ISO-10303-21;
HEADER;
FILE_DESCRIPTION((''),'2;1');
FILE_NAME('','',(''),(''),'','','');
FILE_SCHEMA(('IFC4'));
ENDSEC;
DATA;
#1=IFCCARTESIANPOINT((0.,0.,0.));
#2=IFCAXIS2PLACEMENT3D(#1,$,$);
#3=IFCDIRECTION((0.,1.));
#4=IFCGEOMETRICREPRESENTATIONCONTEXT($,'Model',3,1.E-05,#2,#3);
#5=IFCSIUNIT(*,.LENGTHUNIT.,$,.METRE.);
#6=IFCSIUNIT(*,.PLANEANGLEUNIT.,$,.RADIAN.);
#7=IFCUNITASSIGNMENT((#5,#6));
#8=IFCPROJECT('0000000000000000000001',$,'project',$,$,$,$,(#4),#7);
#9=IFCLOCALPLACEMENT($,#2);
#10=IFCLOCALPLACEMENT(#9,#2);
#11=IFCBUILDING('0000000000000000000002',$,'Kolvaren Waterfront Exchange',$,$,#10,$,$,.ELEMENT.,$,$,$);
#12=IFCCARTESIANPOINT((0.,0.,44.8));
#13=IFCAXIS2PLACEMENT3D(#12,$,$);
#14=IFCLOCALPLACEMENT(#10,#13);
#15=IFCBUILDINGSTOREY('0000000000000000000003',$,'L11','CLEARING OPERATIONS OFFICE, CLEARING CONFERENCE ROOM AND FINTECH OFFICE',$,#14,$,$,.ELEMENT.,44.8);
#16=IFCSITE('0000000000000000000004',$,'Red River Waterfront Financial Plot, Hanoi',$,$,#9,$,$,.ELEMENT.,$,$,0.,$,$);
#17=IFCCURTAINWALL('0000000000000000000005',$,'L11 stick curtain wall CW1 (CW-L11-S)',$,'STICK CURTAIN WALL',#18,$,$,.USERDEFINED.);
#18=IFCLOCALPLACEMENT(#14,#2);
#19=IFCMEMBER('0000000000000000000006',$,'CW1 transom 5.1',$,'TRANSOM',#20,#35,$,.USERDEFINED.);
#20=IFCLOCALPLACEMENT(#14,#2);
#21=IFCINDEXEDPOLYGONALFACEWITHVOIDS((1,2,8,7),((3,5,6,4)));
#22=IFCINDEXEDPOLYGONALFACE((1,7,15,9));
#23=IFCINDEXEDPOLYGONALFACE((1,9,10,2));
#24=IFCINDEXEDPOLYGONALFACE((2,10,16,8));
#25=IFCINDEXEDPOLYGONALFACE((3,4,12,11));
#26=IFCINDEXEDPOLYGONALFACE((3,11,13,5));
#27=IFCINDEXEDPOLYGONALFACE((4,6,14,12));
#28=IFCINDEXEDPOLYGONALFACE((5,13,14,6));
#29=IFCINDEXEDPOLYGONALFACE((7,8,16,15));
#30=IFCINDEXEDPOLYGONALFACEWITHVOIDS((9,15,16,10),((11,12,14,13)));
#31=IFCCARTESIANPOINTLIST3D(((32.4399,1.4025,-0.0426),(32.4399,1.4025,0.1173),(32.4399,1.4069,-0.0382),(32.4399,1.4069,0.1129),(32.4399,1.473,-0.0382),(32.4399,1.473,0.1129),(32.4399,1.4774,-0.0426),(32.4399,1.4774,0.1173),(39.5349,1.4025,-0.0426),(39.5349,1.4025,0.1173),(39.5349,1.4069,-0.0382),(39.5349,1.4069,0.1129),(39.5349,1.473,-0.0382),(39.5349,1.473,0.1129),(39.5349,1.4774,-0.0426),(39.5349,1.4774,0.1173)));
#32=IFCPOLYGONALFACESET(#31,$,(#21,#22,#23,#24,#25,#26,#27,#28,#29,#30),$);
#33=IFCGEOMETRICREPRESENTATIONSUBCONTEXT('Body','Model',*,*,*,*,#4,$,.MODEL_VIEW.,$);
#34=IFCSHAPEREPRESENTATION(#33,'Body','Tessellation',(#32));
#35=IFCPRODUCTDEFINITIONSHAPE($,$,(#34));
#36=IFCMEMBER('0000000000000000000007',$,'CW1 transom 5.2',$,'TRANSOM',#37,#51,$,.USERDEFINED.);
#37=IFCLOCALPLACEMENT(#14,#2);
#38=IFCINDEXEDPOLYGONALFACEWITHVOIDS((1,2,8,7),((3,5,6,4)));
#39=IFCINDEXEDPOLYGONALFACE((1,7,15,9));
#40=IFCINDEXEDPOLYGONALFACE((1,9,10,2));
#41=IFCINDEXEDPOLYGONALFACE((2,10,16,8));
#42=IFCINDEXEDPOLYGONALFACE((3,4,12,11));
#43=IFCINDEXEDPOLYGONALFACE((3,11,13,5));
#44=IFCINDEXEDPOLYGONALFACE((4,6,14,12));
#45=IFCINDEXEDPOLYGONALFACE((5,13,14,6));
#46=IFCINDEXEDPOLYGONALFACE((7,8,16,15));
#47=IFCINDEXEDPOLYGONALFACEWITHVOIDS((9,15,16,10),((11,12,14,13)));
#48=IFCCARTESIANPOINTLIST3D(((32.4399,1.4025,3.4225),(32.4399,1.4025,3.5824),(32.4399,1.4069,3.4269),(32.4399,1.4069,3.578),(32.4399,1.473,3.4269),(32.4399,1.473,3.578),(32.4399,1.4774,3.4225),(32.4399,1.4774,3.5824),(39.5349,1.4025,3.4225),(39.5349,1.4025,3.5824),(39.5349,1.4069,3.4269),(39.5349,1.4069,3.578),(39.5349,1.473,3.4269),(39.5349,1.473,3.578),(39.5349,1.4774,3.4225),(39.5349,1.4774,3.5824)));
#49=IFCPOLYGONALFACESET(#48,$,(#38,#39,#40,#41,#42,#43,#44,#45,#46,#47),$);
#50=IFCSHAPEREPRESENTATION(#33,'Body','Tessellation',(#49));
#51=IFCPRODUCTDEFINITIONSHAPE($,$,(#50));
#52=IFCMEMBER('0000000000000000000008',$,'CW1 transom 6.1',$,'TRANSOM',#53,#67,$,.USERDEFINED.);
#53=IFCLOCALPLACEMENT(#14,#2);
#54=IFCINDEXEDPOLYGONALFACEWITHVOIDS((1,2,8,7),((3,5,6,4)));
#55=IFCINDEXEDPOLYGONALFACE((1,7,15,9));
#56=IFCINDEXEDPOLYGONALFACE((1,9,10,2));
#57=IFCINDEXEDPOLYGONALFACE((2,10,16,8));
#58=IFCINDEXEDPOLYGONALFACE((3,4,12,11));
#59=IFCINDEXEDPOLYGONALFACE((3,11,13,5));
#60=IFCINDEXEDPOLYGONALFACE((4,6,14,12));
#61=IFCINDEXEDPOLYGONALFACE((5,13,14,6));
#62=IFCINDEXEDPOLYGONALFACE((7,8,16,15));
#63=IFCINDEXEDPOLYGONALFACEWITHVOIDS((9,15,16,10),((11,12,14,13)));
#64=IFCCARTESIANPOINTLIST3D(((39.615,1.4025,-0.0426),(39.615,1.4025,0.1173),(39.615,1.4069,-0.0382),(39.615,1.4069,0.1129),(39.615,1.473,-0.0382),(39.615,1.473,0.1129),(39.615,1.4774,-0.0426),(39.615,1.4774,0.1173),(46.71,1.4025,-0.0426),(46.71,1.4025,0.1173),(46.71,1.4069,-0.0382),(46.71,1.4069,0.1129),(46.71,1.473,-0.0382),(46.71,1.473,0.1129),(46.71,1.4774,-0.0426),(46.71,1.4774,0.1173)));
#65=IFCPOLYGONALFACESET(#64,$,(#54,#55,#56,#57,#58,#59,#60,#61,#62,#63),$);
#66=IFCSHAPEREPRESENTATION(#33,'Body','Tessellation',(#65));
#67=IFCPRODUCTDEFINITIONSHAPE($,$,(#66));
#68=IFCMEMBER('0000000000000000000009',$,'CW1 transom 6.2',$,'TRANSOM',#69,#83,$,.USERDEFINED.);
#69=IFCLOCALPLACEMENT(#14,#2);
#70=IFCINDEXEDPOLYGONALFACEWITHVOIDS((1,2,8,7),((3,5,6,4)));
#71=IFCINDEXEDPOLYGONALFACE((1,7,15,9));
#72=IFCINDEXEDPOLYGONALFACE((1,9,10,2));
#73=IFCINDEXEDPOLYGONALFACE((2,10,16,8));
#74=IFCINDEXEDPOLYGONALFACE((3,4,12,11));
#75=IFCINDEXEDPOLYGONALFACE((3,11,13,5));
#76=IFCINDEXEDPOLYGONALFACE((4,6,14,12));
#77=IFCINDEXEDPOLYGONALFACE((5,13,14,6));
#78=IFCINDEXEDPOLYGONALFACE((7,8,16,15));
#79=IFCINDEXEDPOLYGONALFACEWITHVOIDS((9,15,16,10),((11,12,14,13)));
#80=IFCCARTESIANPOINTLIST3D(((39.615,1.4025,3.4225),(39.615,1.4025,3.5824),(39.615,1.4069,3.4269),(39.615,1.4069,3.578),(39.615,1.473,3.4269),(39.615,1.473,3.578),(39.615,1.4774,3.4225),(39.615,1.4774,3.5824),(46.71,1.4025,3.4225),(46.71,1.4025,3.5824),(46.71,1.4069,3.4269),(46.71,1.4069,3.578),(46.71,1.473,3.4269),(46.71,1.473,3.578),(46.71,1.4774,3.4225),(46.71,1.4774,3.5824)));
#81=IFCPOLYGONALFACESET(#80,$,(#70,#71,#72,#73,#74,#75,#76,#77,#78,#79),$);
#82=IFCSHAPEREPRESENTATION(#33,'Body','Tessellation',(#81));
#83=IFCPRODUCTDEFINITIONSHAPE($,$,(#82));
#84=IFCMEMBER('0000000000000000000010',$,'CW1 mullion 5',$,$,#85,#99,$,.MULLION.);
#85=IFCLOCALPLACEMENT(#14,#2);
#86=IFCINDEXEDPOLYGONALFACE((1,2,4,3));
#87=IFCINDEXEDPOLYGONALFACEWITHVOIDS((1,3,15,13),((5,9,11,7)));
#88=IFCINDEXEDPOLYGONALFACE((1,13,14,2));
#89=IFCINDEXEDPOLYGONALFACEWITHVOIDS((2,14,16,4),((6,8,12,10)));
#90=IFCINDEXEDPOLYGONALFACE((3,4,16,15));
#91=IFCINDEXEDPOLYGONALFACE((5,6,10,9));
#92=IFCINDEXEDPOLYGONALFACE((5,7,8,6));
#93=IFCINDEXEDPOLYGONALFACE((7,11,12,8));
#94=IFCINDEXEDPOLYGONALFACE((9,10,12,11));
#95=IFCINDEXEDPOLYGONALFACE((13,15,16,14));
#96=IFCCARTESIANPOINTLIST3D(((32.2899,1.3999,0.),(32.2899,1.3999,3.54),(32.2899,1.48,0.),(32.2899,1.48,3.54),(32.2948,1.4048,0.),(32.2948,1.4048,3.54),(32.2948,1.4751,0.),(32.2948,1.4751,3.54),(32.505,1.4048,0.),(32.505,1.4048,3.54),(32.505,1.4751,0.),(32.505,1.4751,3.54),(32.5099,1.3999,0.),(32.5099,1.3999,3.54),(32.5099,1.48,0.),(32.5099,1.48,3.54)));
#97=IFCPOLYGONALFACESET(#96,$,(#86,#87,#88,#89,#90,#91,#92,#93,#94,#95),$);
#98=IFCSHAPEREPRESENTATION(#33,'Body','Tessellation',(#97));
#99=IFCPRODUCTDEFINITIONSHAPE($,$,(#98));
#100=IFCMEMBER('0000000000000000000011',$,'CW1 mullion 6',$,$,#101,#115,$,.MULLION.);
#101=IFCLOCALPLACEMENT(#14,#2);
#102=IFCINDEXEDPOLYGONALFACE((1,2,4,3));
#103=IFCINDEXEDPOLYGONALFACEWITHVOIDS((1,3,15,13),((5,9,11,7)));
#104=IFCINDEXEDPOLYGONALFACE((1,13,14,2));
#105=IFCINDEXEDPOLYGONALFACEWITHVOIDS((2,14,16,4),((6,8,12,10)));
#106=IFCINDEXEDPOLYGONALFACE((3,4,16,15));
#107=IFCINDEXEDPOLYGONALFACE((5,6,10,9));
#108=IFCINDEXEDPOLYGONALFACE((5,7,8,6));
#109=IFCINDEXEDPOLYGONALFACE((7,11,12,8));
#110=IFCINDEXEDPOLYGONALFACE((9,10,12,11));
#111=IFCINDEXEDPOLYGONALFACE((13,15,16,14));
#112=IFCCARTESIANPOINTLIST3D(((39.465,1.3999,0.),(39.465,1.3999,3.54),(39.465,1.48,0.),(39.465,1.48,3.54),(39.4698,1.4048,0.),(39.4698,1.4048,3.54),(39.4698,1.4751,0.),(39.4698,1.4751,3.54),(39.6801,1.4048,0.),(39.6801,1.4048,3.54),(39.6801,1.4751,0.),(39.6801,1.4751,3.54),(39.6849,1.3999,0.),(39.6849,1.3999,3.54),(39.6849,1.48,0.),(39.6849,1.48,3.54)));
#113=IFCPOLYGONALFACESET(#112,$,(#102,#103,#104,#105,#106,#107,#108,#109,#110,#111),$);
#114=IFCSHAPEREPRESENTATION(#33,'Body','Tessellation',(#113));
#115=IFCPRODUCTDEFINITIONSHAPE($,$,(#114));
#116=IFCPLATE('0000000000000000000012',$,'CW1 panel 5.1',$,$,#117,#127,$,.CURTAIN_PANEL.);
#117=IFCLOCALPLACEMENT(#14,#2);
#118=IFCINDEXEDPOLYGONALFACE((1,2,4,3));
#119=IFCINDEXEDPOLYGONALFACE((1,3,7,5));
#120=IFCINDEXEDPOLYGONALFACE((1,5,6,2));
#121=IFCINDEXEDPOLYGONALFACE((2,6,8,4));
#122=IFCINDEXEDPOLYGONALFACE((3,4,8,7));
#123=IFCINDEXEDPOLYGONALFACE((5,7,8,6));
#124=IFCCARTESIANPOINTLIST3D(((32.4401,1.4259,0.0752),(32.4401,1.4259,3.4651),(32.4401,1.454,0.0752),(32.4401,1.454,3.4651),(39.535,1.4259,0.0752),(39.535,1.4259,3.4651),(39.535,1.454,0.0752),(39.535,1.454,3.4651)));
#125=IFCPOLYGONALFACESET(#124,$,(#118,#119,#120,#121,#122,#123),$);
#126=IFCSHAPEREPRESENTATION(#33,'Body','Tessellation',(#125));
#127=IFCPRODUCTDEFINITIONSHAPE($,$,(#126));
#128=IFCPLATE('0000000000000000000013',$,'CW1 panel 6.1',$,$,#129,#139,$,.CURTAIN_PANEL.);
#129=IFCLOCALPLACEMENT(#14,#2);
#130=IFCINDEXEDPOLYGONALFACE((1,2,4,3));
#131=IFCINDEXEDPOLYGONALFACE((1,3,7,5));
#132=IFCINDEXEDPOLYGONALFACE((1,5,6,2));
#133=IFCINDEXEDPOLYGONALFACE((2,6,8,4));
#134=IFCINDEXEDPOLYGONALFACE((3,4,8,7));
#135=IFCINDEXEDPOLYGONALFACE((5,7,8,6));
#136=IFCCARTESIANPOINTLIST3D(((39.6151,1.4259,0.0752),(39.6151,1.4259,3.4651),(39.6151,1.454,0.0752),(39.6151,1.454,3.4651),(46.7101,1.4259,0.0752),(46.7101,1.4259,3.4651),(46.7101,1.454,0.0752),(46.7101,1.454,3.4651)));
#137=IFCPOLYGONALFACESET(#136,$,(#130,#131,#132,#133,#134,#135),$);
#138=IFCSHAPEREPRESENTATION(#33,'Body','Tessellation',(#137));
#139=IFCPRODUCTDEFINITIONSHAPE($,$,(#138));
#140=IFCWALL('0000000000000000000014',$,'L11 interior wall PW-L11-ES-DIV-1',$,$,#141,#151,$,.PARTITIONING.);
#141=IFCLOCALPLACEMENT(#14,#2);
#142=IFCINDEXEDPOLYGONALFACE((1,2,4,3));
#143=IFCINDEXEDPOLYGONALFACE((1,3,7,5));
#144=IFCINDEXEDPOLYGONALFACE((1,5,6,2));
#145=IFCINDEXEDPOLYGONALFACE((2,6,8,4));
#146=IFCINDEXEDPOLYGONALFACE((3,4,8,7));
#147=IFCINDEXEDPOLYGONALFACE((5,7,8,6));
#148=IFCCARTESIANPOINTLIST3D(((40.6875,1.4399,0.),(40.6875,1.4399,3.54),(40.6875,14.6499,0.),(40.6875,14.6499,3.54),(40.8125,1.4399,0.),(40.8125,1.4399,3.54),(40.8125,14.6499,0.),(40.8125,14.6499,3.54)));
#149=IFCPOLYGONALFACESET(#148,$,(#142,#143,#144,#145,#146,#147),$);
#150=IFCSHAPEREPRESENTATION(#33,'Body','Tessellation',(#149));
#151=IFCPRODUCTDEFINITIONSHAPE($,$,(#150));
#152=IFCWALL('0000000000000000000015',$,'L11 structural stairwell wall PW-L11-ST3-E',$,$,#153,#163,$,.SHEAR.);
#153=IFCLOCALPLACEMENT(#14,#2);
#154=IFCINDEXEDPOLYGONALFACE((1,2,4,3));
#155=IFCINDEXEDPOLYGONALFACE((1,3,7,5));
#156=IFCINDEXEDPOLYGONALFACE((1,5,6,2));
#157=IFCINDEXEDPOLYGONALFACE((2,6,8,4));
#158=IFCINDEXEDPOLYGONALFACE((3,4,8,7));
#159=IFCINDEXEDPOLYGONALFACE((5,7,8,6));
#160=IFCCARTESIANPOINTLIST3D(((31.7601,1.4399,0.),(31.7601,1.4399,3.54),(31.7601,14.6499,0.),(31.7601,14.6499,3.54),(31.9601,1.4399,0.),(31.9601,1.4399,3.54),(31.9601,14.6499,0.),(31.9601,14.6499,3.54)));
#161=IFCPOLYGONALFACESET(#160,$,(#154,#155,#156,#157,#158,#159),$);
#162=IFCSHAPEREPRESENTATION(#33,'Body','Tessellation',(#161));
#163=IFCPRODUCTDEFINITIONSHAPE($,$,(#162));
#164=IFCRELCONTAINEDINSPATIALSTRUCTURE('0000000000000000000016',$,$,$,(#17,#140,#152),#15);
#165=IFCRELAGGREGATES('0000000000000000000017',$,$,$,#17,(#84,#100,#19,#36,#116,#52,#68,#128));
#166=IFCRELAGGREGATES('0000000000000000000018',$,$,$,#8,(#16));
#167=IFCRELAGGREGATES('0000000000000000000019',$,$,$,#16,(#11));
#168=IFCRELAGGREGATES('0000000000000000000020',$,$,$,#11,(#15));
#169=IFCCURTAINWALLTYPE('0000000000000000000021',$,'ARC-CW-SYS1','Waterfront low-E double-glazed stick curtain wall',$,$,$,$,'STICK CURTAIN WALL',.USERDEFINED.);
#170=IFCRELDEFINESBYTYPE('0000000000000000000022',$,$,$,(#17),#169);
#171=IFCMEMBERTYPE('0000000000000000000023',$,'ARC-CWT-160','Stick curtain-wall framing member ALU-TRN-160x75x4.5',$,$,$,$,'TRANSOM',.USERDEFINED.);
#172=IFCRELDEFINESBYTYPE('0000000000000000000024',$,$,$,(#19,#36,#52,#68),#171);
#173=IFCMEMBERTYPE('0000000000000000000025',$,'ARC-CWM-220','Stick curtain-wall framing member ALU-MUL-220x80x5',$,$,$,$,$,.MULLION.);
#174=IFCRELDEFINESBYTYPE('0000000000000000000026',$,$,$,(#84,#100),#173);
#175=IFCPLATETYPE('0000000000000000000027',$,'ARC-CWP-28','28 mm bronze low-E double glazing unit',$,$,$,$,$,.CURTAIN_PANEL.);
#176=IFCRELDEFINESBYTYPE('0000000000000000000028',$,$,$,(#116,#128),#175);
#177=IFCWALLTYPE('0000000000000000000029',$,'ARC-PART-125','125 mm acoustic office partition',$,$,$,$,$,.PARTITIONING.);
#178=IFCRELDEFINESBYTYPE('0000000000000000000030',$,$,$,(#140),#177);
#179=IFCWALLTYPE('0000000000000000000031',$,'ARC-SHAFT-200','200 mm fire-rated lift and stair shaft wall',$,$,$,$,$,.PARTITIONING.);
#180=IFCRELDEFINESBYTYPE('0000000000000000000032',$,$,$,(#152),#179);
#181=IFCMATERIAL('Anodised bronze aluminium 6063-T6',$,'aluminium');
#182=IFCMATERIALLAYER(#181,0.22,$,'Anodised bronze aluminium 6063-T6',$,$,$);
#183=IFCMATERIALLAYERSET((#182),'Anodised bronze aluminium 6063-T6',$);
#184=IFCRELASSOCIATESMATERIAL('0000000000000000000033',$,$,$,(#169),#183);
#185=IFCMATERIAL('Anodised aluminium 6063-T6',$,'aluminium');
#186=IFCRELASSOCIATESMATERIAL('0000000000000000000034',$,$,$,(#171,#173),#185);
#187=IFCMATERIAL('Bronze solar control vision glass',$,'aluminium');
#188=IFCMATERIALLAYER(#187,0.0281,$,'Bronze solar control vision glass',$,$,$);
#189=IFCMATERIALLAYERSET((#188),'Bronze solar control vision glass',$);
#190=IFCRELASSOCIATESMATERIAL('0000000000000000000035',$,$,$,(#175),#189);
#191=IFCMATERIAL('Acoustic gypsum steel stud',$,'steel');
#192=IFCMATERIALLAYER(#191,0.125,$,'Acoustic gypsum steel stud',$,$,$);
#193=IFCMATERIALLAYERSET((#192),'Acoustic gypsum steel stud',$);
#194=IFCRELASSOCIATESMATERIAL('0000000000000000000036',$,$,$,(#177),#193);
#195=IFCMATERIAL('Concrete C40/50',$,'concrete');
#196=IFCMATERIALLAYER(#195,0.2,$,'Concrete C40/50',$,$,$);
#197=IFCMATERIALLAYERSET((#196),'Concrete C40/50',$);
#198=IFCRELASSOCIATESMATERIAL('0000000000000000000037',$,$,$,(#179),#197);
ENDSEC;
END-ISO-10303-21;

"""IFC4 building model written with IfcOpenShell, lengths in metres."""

from ifc_helpers import new_model, si_unit, direction, frame, frame_2d, origin, origin_with_axes, origin_2d, place, context, subcontext, project, spatial, rectangle, hollow_rectangle, extrude, source, transform, mapped, material, layer, layer_set, material_profile, profile_set, type_object, element, aggregate, save


model = new_model("IFC4")

# Units and contexts
model_context = context("Model", 3, precision=1e-05, world=origin(), true_north=direction((0.0, 1.0)))
body_context = subcontext(model_context, "Body", "Model", "MODEL_VIEW")
ifc_project = project(units=[si_unit("LENGTHUNIT", "METRE"), si_unit("PLANEANGLEUNIT", "RADIAN")], contexts=[model_context])

# Site, building, storey
site_placement = place(None, origin())
site = spatial("IfcSite", under=ifc_project, at=site_placement, Name="Red River Waterfront Financial Plot, Hanoi", CompositionType="ELEMENT", RefElevation=0.0)
building_placement = place(site_placement, origin())
building = spatial("IfcBuilding", under=site, at=building_placement, Name="Kolvaren Waterfront Exchange", CompositionType="ELEMENT")
storey_placement = place(building_placement, frame((0.0, 0.0, 44.8)))
storey = spatial("IfcBuildingStorey", under=building, at=storey_placement, Name="L11", Description="CLEARING OPERATIONS OFFICE, CLEARING CONFERENCE ROOM AND FINTECH OFFICE", CompositionType="ELEMENT", Elevation=44.8)

# Curtain wall, members, plates
ifc_material_1 = material(Name="Anodised bronze aluminium 6063-T6", Category="aluminium")
ifc_layer_1 = layer(ifc_material_1, 0.22, Name="Anodised bronze aluminium 6063-T6")
ifc_layer_set_1 = layer_set([ifc_layer_1], Name="Anodised bronze aluminium 6063-T6")
curtain_wall_type = type_object("IfcCurtainWallType", Name="ARC-CW-SYS1", Description="Waterfront low-E double-glazed stick curtain wall", ElementType="STICK CURTAIN WALL", PredefinedType="USERDEFINED", material=ifc_layer_set_1)
curtain_wall_placement = place(storey_placement, origin())
curtain_wall = element("IfcCurtainWall", 1, at=curtain_wall_placement, inside=storey, type_object=curtain_wall_type, Name="L11 stick curtain wall CW1 (CW-L11-S)", ObjectType="STICK CURTAIN WALL", PredefinedType="USERDEFINED")
ifc_material_2 = material(Name="Anodised aluminium 6063-T6", Category="aluminium")
ifc_material_profile_1 = material_profile(ifc_material_2, hollow_rectangle(XDim=0.075, YDim=0.1599, WallThickness=0.0044, at=origin_2d()), Name="ALU-TRN-160x75x4.5")
ifc_profile_set_1 = profile_set([ifc_material_profile_1], Name="Anodised aluminium 6063-T6")
member_type_1 = type_object("IfcMemberType", Name="ARC-CWT-160", Description="Stick curtain-wall framing member ALU-TRN-160x75x4.5", ElementType="TRANSOM", PredefinedType="USERDEFINED", material=ifc_profile_set_1)
shared_shape_1 = source(origin_with_axes(), body_context, "Body", "SweptSolid", [
    extrude(hollow_rectangle(XDim=0.075, YDim=0.1599, WallThickness=0.0044, at=origin_2d()), origin(), (0.0, 0.0, 1.0), 7.095),
])
member_1_placement = place(storey_placement, frame((32.4399, 1.4399, 0.0374), z_axis=(1.0, 0.0, 0.0), x_axis=(0.0, 1.0, 0.0)))
member_1 = element("IfcMember", 2, at=member_1_placement, type_object=member_type_1, Name="CW1 transom 5.1", ObjectType="TRANSOM", PredefinedType="USERDEFINED", context=body_context, shape_type="MappedRepresentation", body=[
    mapped(shared_shape_1, transform((0.0, 0.0, 0.0), x_axis=(1.0, 0.0, 0.0), y_axis=(0.0, 1.0, 0.0), z_axis=(0.0, 0.0, 1.0), scale=1.0)),
])
member_2_placement = place(storey_placement, frame((32.4399, 1.4399, 3.5024), z_axis=(1.0, 0.0, 0.0), x_axis=(0.0, 1.0, 0.0)))
member_2 = element("IfcMember", 3, at=member_2_placement, type_object=member_type_1, Name="CW1 transom 5.2", ObjectType="TRANSOM", PredefinedType="USERDEFINED", context=body_context, shape_type="MappedRepresentation", body=[
    mapped(shared_shape_1, transform((0.0, 0.0, 0.0), x_axis=(1.0, 0.0, 0.0), y_axis=(0.0, 1.0, 0.0), z_axis=(0.0, 0.0, 1.0), scale=1.0)),
])
member_3_placement = place(storey_placement, frame((39.615, 1.4399, 0.0374), z_axis=(1.0, 0.0, 0.0), x_axis=(0.0, 1.0, 0.0)))
member_3 = element("IfcMember", 4, at=member_3_placement, type_object=member_type_1, Name="CW1 transom 6.1", ObjectType="TRANSOM", PredefinedType="USERDEFINED", context=body_context, shape_type="MappedRepresentation", body=[
    mapped(shared_shape_1, transform((0.0, 0.0, 0.0), x_axis=(1.0, 0.0, 0.0), y_axis=(0.0, 1.0, 0.0), z_axis=(0.0, 0.0, 1.0), scale=1.0)),
])
member_4_placement = place(storey_placement, frame((39.615, 1.4399, 3.5024), z_axis=(1.0, 0.0, 0.0), x_axis=(0.0, 1.0, 0.0)))
member_4 = element("IfcMember", 5, at=member_4_placement, type_object=member_type_1, Name="CW1 transom 6.2", ObjectType="TRANSOM", PredefinedType="USERDEFINED", context=body_context, shape_type="MappedRepresentation", body=[
    mapped(shared_shape_1, transform((0.0, 0.0, 0.0), x_axis=(1.0, 0.0, 0.0), y_axis=(0.0, 1.0, 0.0), z_axis=(0.0, 0.0, 1.0), scale=1.0)),
])
ifc_material_profile_2 = material_profile(ifc_material_2, hollow_rectangle(XDim=0.0801, YDim=0.22, WallThickness=0.0049, at=origin_2d()), Name="ALU-MUL-220x80x5")
ifc_profile_set_2 = profile_set([ifc_material_profile_2], Name="Anodised aluminium 6063-T6")
member_type_2 = type_object("IfcMemberType", Name="ARC-CWM-220", Description="Stick curtain-wall framing member ALU-MUL-220x80x5", PredefinedType="MULLION", material=ifc_profile_set_2)
shared_shape_2 = source(origin_with_axes(), body_context, "Body", "SweptSolid", [
    extrude(hollow_rectangle(XDim=0.0801, YDim=0.22, WallThickness=0.0049, at=origin_2d()), origin(), (0.0, 0.0, 1.0), 3.54),
])
member_5_placement = place(storey_placement, frame((32.3999, 1.4399, 0.0), z_axis=(0.0, 0.0, 1.0), x_axis=(0.0, 1.0, 0.0)))
member_5 = element("IfcMember", 6, at=member_5_placement, type_object=member_type_2, Name="CW1 mullion 5", PredefinedType="MULLION", context=body_context, shape_type="MappedRepresentation", body=[
    mapped(shared_shape_2, transform((0.0, 0.0, 0.0), x_axis=(1.0, 0.0, 0.0), y_axis=(0.0, 1.0, 0.0), z_axis=(0.0, 0.0, 1.0), scale=1.0)),
])
member_6_placement = place(storey_placement, frame((39.575, 1.4399, 0.0), z_axis=(0.0, 0.0, 1.0), x_axis=(0.0, 1.0, 0.0)))
member_6 = element("IfcMember", 7, at=member_6_placement, type_object=member_type_2, Name="CW1 mullion 6", PredefinedType="MULLION", context=body_context, shape_type="MappedRepresentation", body=[
    mapped(shared_shape_2, transform((0.0, 0.0, 0.0), x_axis=(1.0, 0.0, 0.0), y_axis=(0.0, 1.0, 0.0), z_axis=(0.0, 0.0, 1.0), scale=1.0)),
])
ifc_material_3 = material(Name="Bronze solar control vision glass", Category="aluminium")
ifc_layer_2 = layer(ifc_material_3, 0.0281, Name="Bronze solar control vision glass")
ifc_layer_set_2 = layer_set([ifc_layer_2], Name="Bronze solar control vision glass")
plate_type = type_object("IfcPlateType", Name="ARC-CWP-28", Description="28 mm bronze low-E double glazing unit", PredefinedType="CURTAIN_PANEL", material=ifc_layer_set_2)
shared_shape_3 = source(origin_with_axes(), body_context, "Body", "SweptSolid", [
    extrude(rectangle(XDim=7.095, YDim=0.0281, at=origin_2d()), origin(), (0.0, 0.0, 1.0), 3.3899),
])
plate_1_placement = place(storey_placement, frame((35.9875, 1.4399, 0.0752), z_axis=(0.0, 0.0, 1.0), x_axis=(1.0, 0.0, 0.0)))
plate_1 = element("IfcPlate", 8, at=plate_1_placement, type_object=plate_type, Name="CW1 panel 5.1", PredefinedType="CURTAIN_PANEL", context=body_context, shape_type="MappedRepresentation", body=[
    mapped(shared_shape_3, transform((0.0, 0.0, 0.0), x_axis=(1.0, 0.0, 0.0), y_axis=(0.0, 1.0, 0.0), z_axis=(0.0, 0.0, 1.0), scale=1.0)),
])
plate_2_placement = place(storey_placement, frame((43.1626, 1.4399, 0.0752), z_axis=(0.0, 0.0, 1.0), x_axis=(1.0, 0.0, 0.0)))
plate_2 = element("IfcPlate", 9, at=plate_2_placement, type_object=plate_type, Name="CW1 panel 6.1", PredefinedType="CURTAIN_PANEL", context=body_context, shape_type="MappedRepresentation", body=[
    mapped(shared_shape_3, transform((0.0, 0.0, 0.0), x_axis=(1.0, 0.0, 0.0), y_axis=(0.0, 1.0, 0.0), z_axis=(0.0, 0.0, 1.0), scale=1.0)),
])
aggregate(curtain_wall, [member_5, member_6, member_1, member_2, plate_1, member_3, member_4, plate_2])

# Walls
ifc_material_4 = material(Name="Acoustic gypsum steel stud", Category="steel")
ifc_layer_3 = layer(ifc_material_4, 0.125, Name="Acoustic gypsum steel stud")
ifc_layer_set_3 = layer_set([ifc_layer_3], Name="Acoustic gypsum steel stud")
wall_type_1 = type_object("IfcWallType", Name="ARC-PART-125", Description="125 mm acoustic office partition", PredefinedType="PARTITIONING", material=ifc_layer_set_3)
wall_1_placement = place(storey_placement, frame((40.75, 1.4399, 0.0), z_axis=(0.0, 0.0, 1.0), x_axis=(0.0, 1.0, 0.0)))
element("IfcWall", 10, at=wall_1_placement, inside=storey, type_object=wall_type_1, Name="L11 interior wall PW-L11-ES-DIV-1", PredefinedType="PARTITIONING", context=body_context, shape_type="SweptSolid", body=[
    extrude(rectangle(XDim=13.21, YDim=0.125, at=frame_2d((6.605, 0.0))), origin(), (0.0, 0.0, 1.0), 3.54),
])
ifc_material_5 = material(Name="Concrete C40/50", Category="concrete")
ifc_layer_4 = layer(ifc_material_5, 0.2, Name="Concrete C40/50")
ifc_layer_set_4 = layer_set([ifc_layer_4], Name="Concrete C40/50")
wall_type_2 = type_object("IfcWallType", Name="ARC-SHAFT-200", Description="200 mm fire-rated lift and stair shaft wall", PredefinedType="PARTITIONING", material=ifc_layer_set_4)
wall_2_placement = place(storey_placement, frame((31.8601, 1.4399, 0.0), z_axis=(0.0, 0.0, 1.0), x_axis=(0.0, 1.0, 0.0)))
element("IfcWall", 11, at=wall_2_placement, inside=storey, type_object=wall_type_2, Name="L11 structural stairwell wall PW-L11-ST3-E", PredefinedType="SHEAR", context=body_context, shape_type="SweptSolid", body=[
    extrude(rectangle(XDim=13.21, YDim=0.2, at=frame_2d((6.605, 0.0))), origin(), (0.0, 0.0, 1.0), 3.54),
])

save(model, "model.ifc")
